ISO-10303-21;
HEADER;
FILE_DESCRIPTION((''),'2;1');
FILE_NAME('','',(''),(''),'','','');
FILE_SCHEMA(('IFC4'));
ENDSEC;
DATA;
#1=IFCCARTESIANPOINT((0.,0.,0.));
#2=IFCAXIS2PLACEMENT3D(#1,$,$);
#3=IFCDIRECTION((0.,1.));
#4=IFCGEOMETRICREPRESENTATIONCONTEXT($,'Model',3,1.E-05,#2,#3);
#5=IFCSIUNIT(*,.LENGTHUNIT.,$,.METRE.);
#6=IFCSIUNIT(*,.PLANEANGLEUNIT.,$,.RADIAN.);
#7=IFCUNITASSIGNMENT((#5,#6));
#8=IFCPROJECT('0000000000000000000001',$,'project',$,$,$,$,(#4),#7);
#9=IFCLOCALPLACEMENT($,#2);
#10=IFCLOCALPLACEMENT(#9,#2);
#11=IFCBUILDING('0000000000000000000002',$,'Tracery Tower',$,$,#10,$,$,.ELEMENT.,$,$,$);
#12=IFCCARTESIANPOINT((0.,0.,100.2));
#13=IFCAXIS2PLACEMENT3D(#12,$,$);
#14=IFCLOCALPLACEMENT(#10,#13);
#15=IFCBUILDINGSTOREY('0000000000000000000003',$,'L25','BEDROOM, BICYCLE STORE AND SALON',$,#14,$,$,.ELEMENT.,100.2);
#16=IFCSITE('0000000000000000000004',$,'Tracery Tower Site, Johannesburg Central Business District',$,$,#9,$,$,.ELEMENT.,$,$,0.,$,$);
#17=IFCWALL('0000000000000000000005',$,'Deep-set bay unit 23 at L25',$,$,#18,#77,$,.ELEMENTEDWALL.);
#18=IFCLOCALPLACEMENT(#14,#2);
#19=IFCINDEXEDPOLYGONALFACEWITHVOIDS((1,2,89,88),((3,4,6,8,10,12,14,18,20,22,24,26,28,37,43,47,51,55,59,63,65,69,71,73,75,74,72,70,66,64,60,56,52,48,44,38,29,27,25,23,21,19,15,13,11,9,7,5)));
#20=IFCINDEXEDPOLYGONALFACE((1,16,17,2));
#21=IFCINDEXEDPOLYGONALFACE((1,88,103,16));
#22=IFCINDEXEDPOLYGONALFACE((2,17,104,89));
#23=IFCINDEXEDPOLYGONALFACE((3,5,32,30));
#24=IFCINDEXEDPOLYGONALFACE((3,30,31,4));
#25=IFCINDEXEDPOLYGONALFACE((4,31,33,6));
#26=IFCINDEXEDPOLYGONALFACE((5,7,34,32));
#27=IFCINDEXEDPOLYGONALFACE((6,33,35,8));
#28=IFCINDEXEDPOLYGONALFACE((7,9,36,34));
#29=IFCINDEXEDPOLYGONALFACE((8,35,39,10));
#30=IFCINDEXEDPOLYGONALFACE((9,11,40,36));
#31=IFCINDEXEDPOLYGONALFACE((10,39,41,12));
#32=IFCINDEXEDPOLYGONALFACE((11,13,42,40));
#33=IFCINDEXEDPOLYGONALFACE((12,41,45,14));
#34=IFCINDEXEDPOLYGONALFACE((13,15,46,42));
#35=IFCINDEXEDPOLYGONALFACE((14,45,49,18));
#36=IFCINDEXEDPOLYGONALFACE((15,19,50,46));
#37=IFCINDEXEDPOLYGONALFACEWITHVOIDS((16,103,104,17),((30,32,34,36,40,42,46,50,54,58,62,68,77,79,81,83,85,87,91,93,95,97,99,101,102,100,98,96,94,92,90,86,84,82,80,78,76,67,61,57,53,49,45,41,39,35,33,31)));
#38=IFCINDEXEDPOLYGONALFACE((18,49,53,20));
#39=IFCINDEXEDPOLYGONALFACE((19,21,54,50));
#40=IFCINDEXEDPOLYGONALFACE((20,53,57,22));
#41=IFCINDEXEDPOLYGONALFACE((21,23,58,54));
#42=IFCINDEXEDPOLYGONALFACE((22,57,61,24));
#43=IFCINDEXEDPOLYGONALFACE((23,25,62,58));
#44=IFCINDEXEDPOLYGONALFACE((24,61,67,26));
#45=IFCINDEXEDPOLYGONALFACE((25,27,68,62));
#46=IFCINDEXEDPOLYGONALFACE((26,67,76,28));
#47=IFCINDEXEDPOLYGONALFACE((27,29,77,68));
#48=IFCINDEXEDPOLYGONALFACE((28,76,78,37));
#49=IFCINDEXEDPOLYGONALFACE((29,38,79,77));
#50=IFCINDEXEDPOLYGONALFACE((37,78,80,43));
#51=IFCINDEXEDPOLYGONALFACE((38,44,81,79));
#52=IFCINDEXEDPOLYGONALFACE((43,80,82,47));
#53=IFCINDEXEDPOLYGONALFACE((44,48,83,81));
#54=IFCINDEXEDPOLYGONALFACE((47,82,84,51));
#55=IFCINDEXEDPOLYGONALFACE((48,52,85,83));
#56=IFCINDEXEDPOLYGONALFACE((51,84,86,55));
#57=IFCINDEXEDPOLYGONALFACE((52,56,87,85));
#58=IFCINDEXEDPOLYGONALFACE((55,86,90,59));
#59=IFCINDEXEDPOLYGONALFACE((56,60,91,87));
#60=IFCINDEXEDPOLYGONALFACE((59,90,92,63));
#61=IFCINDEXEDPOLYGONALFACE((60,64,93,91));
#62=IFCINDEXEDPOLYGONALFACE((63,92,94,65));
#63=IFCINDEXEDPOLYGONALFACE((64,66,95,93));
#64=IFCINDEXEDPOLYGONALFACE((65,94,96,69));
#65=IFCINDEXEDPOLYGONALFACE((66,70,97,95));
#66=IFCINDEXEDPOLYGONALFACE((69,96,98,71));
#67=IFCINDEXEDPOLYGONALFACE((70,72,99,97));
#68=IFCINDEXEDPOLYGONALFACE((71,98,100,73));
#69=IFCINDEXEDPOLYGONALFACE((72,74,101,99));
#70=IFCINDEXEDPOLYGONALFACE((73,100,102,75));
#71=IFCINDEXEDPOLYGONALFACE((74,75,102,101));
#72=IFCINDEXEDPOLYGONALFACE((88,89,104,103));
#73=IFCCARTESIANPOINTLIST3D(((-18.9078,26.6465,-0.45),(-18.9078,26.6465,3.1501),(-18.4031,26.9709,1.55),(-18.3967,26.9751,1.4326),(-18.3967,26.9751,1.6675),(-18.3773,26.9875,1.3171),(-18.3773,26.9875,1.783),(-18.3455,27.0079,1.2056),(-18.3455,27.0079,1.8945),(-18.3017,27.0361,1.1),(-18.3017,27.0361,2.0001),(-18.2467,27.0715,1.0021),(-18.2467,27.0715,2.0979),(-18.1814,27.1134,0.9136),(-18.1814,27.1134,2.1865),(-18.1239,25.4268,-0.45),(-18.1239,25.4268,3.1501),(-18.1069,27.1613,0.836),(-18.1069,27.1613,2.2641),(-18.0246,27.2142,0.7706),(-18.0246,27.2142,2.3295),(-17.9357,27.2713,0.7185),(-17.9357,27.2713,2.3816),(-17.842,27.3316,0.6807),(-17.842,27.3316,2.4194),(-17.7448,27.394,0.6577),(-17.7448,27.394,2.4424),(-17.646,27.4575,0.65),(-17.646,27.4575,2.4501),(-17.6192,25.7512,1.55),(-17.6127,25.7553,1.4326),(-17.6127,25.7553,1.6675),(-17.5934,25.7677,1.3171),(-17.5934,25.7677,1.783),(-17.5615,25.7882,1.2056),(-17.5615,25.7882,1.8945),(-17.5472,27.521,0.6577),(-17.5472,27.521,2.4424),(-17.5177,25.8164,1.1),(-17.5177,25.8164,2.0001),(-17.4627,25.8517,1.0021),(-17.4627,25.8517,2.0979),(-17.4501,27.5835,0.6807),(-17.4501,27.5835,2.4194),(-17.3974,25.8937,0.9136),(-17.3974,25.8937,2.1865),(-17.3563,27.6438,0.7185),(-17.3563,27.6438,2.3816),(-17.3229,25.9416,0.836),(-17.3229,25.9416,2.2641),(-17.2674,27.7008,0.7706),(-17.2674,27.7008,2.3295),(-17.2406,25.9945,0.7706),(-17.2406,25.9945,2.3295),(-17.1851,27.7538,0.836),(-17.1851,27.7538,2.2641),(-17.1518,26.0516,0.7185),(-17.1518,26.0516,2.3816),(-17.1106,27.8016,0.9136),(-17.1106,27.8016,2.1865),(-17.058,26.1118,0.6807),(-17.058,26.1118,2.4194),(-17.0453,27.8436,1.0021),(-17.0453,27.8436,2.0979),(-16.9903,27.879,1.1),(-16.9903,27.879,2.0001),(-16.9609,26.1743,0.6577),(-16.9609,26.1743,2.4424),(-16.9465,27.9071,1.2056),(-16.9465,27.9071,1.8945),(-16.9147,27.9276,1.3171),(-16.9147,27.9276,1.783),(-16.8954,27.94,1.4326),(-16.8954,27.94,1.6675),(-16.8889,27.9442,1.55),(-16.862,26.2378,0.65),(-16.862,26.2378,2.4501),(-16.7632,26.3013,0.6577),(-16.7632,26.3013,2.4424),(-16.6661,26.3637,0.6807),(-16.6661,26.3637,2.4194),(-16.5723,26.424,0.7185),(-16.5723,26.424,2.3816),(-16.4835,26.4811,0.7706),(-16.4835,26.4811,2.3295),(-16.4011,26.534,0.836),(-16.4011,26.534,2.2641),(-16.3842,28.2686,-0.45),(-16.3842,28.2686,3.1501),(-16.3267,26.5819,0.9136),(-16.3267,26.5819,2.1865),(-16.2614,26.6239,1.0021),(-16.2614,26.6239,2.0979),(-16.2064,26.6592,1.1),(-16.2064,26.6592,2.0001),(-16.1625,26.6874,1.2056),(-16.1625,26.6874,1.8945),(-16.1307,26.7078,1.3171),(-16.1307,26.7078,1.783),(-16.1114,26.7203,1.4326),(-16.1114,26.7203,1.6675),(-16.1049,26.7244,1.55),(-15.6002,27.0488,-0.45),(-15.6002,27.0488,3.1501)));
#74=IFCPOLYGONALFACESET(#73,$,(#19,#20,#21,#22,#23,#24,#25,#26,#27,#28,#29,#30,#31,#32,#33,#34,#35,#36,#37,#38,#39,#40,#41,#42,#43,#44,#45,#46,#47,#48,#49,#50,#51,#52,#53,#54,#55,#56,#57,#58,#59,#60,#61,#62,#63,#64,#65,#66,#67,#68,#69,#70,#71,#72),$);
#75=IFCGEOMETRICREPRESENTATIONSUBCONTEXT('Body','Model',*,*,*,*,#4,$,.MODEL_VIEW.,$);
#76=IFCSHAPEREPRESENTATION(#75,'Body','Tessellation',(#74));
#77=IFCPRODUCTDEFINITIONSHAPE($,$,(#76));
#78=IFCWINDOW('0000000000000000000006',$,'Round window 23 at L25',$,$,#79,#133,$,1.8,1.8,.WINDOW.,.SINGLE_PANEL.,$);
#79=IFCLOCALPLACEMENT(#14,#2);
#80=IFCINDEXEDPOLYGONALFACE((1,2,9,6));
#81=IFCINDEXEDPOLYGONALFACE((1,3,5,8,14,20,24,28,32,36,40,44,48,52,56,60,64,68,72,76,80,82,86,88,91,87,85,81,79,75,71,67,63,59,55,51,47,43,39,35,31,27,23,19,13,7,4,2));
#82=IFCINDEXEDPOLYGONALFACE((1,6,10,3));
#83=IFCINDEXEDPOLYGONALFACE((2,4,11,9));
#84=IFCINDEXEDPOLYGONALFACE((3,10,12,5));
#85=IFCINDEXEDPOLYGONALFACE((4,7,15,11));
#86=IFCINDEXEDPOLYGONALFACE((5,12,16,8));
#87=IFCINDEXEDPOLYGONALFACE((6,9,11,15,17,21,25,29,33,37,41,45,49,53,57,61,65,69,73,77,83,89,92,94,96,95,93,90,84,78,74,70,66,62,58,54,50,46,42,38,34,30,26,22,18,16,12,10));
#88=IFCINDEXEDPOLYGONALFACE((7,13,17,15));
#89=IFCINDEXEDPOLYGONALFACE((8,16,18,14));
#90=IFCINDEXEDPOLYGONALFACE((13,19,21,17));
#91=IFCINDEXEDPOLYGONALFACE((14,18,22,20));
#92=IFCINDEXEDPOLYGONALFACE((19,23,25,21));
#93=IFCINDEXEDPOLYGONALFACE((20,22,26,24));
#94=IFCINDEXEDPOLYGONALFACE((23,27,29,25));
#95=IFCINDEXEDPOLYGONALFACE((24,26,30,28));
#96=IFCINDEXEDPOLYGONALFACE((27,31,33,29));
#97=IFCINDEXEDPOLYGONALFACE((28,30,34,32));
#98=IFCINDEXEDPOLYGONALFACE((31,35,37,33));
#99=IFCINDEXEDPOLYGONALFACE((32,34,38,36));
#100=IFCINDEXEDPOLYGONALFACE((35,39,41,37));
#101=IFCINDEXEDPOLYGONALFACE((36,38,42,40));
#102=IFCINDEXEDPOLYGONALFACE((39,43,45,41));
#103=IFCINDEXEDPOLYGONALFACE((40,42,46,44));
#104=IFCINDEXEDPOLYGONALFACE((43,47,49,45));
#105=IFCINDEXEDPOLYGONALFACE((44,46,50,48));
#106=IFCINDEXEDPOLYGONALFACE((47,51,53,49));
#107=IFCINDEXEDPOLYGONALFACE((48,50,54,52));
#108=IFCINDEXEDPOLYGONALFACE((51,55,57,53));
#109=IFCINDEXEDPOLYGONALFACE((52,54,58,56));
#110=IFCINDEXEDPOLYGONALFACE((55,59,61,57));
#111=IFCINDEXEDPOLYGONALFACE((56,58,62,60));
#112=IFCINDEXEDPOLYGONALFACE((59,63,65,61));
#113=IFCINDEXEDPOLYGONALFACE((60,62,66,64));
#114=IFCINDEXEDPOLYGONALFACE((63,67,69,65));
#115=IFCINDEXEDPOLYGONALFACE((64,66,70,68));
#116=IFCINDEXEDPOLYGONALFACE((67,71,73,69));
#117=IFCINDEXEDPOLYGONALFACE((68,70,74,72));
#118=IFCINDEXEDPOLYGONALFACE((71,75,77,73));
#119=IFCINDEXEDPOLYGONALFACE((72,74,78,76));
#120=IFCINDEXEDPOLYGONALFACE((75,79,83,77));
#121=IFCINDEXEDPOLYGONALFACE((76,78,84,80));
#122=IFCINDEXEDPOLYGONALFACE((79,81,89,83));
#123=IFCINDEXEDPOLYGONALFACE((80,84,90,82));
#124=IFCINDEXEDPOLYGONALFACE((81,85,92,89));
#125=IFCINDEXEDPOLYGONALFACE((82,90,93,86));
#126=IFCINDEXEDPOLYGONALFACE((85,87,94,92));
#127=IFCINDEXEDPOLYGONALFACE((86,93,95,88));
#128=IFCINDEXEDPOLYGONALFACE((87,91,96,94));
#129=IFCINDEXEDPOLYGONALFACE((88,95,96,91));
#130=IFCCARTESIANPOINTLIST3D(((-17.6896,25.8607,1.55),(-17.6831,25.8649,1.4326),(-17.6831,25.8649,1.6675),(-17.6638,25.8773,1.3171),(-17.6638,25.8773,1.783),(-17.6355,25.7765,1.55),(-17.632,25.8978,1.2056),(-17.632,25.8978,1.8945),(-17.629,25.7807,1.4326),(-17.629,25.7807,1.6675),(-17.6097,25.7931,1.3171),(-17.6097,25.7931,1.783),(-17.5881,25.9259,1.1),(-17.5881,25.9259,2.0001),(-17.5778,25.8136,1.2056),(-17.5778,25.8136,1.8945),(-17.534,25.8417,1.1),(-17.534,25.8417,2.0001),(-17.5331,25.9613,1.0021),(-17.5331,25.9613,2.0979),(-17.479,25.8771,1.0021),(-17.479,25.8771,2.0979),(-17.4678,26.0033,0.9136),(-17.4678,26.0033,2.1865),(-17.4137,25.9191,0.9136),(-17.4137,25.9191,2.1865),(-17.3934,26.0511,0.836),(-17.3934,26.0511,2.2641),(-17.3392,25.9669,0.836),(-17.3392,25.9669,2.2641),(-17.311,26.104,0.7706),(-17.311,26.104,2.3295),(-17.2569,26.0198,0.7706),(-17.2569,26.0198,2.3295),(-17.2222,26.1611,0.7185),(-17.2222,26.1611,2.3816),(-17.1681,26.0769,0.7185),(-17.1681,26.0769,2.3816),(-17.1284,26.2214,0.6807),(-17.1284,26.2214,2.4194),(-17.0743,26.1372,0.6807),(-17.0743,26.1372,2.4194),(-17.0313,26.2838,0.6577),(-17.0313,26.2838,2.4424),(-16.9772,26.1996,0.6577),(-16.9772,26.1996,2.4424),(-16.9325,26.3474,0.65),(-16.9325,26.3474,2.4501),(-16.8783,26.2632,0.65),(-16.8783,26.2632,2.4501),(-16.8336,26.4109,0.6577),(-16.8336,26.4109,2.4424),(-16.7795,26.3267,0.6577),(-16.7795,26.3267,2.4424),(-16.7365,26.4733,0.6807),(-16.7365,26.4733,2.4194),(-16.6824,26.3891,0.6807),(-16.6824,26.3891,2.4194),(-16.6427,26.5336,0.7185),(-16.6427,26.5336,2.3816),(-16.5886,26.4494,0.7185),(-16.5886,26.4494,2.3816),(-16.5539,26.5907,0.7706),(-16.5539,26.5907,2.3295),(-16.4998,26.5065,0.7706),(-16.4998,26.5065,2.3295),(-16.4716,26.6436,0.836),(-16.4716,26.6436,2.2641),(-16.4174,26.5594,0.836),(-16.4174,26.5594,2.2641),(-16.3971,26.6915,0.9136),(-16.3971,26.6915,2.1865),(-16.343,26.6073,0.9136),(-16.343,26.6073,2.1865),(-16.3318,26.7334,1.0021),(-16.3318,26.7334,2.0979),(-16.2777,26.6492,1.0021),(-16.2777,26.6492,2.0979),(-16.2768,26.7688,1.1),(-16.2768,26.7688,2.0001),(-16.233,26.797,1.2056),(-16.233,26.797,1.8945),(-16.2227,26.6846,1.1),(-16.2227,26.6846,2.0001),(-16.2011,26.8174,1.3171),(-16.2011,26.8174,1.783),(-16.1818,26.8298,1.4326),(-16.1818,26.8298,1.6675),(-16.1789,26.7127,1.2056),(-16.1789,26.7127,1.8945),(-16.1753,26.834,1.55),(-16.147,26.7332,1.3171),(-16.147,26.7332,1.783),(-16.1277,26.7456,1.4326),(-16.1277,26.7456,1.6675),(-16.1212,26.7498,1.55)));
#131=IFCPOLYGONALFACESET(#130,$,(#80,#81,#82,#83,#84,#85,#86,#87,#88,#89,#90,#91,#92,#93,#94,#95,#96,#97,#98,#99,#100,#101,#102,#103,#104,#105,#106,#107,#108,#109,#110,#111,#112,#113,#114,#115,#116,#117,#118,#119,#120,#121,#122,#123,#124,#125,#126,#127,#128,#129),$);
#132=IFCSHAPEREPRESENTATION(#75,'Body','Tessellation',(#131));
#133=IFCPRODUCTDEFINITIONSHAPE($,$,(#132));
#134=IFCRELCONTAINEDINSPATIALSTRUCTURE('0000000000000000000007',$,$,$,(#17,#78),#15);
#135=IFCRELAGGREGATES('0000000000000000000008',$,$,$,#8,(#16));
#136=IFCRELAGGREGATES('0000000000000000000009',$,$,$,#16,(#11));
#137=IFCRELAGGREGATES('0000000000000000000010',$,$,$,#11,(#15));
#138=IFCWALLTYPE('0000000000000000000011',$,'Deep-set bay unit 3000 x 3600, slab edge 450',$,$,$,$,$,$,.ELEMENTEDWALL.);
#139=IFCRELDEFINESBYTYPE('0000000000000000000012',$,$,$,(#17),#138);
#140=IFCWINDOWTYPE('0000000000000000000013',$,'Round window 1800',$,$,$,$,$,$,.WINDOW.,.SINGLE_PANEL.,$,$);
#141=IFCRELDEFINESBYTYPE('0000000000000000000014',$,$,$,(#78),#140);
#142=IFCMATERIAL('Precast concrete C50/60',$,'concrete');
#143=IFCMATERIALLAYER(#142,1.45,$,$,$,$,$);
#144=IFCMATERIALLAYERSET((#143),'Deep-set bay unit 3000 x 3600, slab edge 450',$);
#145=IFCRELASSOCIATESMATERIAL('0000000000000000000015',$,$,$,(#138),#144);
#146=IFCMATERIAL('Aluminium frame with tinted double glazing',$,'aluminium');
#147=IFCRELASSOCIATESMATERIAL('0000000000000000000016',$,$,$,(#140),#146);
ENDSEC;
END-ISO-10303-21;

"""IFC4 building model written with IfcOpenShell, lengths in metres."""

from ifc_helpers import new_model, si_unit, direction, frame, frame_2d, origin, origin_2d, place, context, subcontext, project, spatial, rectangle, circle, extrude, material, layer, layer_set, type_object, element, fill, save


model = new_model("IFC4")

# Units and contexts
model_context = context("Model", 3, precision=1e-05, world=origin(), true_north=direction((0.0, 1.0)))
body_context = subcontext(model_context, "Body", "Model", "MODEL_VIEW")
ifc_project = project(units=[si_unit("LENGTHUNIT", "METRE"), si_unit("PLANEANGLEUNIT", "RADIAN")], contexts=[model_context])

# Site, building, storey
site_placement = place(None, origin())
site = spatial("IfcSite", under=ifc_project, at=site_placement, Name="Tracery Tower Site, Johannesburg Central Business District", CompositionType="ELEMENT", RefElevation=0.0)
building_placement = place(site_placement, origin())
building = spatial("IfcBuilding", under=site, at=building_placement, Name="Tracery Tower", CompositionType="ELEMENT")
storey_placement = place(building_placement, frame((0.0, 0.0, 100.2)))
storey = spatial("IfcBuildingStorey", under=building, at=storey_placement, Name="L25", Description="BEDROOM, BICYCLE STORE AND SALON", CompositionType="ELEMENT", Elevation=100.2)

# Wall, opening, window
ifc_material_1 = material(Name="Precast concrete C50/60", Category="concrete")
ifc_layer_1 = layer(ifc_material_1, 1.45)
ifc_layer_set_1 = layer_set([ifc_layer_1], Name="Deep-set bay unit 3000 x 3600, slab edge 450")
wall_type_1 = type_object("IfcWallType", Name="Deep-set bay unit 3000 x 3600, slab edge 450", PredefinedType="ELEMENTEDWALL", material=ifc_layer_set_1)
wall_1_placement = place(storey_placement, frame((-15.9922, 27.6587, -0.45), z_axis=(0.0, 0.0, 1.0), x_axis=(-0.841223, -0.540688, 0.0)))
wall_1 = element("IfcWall", 1, at=wall_1_placement, inside=storey, type_object=wall_type_1, Name="Deep-set bay unit 23 at L25", PredefinedType="ELEMENTEDWALL", context=body_context, shape_type="SweptSolid", body=[
    extrude(rectangle(XDim=3.0, YDim=1.45, at=frame_2d((1.5, 0.0))), origin(), (0.0, 0.0, 1.0), 3.6001),
])
opening_1_placement = place(wall_1_placement, frame((1.5, 0.0, 2.0)))
opening_1 = element("IfcOpeningElement", 2, at=opening_1_placement, cuts=wall_1, PredefinedType="OPENING", context=body_context, shape_type="SweptSolid", body=[
    extrude(circle(Radius=0.9, at=origin_2d()), frame((0.0, 0.7349, 0.0), z_axis=(0.0, -1.0, 0.0), x_axis=(1.0, 0.0, 0.0)), (0.0, 0.0, 1.0), 1.47),
])
ifc_material_2 = material(Name="Aluminium frame with tinted double glazing", Category="aluminium")
window_type = type_object("IfcWindowType", Name="Round window 1800", PartitioningType="SINGLE_PANEL", PredefinedType="WINDOW", material=ifc_material_2)
window_1_placement = place(opening_1_placement, origin())
window_1 = element("IfcWindow", 3, at=window_1_placement, inside=storey, type_object=window_type, Name="Round window 23 at L25", OverallHeight=1.8, OverallWidth=1.8, PartitioningType="SINGLE_PANEL", PredefinedType="WINDOW", context=body_context, shape_type="SweptSolid", body=[
    extrude(circle(Radius=0.9, at=origin_2d()), frame((0.0, 0.6948, 0.0), z_axis=(0.0, -1.0, 0.0), x_axis=(1.0, 0.0, 0.0)), (0.0, 0.0, 1.0), 0.1001),
])
fill(opening_1, window_1)

save(model, "model.ifc")
